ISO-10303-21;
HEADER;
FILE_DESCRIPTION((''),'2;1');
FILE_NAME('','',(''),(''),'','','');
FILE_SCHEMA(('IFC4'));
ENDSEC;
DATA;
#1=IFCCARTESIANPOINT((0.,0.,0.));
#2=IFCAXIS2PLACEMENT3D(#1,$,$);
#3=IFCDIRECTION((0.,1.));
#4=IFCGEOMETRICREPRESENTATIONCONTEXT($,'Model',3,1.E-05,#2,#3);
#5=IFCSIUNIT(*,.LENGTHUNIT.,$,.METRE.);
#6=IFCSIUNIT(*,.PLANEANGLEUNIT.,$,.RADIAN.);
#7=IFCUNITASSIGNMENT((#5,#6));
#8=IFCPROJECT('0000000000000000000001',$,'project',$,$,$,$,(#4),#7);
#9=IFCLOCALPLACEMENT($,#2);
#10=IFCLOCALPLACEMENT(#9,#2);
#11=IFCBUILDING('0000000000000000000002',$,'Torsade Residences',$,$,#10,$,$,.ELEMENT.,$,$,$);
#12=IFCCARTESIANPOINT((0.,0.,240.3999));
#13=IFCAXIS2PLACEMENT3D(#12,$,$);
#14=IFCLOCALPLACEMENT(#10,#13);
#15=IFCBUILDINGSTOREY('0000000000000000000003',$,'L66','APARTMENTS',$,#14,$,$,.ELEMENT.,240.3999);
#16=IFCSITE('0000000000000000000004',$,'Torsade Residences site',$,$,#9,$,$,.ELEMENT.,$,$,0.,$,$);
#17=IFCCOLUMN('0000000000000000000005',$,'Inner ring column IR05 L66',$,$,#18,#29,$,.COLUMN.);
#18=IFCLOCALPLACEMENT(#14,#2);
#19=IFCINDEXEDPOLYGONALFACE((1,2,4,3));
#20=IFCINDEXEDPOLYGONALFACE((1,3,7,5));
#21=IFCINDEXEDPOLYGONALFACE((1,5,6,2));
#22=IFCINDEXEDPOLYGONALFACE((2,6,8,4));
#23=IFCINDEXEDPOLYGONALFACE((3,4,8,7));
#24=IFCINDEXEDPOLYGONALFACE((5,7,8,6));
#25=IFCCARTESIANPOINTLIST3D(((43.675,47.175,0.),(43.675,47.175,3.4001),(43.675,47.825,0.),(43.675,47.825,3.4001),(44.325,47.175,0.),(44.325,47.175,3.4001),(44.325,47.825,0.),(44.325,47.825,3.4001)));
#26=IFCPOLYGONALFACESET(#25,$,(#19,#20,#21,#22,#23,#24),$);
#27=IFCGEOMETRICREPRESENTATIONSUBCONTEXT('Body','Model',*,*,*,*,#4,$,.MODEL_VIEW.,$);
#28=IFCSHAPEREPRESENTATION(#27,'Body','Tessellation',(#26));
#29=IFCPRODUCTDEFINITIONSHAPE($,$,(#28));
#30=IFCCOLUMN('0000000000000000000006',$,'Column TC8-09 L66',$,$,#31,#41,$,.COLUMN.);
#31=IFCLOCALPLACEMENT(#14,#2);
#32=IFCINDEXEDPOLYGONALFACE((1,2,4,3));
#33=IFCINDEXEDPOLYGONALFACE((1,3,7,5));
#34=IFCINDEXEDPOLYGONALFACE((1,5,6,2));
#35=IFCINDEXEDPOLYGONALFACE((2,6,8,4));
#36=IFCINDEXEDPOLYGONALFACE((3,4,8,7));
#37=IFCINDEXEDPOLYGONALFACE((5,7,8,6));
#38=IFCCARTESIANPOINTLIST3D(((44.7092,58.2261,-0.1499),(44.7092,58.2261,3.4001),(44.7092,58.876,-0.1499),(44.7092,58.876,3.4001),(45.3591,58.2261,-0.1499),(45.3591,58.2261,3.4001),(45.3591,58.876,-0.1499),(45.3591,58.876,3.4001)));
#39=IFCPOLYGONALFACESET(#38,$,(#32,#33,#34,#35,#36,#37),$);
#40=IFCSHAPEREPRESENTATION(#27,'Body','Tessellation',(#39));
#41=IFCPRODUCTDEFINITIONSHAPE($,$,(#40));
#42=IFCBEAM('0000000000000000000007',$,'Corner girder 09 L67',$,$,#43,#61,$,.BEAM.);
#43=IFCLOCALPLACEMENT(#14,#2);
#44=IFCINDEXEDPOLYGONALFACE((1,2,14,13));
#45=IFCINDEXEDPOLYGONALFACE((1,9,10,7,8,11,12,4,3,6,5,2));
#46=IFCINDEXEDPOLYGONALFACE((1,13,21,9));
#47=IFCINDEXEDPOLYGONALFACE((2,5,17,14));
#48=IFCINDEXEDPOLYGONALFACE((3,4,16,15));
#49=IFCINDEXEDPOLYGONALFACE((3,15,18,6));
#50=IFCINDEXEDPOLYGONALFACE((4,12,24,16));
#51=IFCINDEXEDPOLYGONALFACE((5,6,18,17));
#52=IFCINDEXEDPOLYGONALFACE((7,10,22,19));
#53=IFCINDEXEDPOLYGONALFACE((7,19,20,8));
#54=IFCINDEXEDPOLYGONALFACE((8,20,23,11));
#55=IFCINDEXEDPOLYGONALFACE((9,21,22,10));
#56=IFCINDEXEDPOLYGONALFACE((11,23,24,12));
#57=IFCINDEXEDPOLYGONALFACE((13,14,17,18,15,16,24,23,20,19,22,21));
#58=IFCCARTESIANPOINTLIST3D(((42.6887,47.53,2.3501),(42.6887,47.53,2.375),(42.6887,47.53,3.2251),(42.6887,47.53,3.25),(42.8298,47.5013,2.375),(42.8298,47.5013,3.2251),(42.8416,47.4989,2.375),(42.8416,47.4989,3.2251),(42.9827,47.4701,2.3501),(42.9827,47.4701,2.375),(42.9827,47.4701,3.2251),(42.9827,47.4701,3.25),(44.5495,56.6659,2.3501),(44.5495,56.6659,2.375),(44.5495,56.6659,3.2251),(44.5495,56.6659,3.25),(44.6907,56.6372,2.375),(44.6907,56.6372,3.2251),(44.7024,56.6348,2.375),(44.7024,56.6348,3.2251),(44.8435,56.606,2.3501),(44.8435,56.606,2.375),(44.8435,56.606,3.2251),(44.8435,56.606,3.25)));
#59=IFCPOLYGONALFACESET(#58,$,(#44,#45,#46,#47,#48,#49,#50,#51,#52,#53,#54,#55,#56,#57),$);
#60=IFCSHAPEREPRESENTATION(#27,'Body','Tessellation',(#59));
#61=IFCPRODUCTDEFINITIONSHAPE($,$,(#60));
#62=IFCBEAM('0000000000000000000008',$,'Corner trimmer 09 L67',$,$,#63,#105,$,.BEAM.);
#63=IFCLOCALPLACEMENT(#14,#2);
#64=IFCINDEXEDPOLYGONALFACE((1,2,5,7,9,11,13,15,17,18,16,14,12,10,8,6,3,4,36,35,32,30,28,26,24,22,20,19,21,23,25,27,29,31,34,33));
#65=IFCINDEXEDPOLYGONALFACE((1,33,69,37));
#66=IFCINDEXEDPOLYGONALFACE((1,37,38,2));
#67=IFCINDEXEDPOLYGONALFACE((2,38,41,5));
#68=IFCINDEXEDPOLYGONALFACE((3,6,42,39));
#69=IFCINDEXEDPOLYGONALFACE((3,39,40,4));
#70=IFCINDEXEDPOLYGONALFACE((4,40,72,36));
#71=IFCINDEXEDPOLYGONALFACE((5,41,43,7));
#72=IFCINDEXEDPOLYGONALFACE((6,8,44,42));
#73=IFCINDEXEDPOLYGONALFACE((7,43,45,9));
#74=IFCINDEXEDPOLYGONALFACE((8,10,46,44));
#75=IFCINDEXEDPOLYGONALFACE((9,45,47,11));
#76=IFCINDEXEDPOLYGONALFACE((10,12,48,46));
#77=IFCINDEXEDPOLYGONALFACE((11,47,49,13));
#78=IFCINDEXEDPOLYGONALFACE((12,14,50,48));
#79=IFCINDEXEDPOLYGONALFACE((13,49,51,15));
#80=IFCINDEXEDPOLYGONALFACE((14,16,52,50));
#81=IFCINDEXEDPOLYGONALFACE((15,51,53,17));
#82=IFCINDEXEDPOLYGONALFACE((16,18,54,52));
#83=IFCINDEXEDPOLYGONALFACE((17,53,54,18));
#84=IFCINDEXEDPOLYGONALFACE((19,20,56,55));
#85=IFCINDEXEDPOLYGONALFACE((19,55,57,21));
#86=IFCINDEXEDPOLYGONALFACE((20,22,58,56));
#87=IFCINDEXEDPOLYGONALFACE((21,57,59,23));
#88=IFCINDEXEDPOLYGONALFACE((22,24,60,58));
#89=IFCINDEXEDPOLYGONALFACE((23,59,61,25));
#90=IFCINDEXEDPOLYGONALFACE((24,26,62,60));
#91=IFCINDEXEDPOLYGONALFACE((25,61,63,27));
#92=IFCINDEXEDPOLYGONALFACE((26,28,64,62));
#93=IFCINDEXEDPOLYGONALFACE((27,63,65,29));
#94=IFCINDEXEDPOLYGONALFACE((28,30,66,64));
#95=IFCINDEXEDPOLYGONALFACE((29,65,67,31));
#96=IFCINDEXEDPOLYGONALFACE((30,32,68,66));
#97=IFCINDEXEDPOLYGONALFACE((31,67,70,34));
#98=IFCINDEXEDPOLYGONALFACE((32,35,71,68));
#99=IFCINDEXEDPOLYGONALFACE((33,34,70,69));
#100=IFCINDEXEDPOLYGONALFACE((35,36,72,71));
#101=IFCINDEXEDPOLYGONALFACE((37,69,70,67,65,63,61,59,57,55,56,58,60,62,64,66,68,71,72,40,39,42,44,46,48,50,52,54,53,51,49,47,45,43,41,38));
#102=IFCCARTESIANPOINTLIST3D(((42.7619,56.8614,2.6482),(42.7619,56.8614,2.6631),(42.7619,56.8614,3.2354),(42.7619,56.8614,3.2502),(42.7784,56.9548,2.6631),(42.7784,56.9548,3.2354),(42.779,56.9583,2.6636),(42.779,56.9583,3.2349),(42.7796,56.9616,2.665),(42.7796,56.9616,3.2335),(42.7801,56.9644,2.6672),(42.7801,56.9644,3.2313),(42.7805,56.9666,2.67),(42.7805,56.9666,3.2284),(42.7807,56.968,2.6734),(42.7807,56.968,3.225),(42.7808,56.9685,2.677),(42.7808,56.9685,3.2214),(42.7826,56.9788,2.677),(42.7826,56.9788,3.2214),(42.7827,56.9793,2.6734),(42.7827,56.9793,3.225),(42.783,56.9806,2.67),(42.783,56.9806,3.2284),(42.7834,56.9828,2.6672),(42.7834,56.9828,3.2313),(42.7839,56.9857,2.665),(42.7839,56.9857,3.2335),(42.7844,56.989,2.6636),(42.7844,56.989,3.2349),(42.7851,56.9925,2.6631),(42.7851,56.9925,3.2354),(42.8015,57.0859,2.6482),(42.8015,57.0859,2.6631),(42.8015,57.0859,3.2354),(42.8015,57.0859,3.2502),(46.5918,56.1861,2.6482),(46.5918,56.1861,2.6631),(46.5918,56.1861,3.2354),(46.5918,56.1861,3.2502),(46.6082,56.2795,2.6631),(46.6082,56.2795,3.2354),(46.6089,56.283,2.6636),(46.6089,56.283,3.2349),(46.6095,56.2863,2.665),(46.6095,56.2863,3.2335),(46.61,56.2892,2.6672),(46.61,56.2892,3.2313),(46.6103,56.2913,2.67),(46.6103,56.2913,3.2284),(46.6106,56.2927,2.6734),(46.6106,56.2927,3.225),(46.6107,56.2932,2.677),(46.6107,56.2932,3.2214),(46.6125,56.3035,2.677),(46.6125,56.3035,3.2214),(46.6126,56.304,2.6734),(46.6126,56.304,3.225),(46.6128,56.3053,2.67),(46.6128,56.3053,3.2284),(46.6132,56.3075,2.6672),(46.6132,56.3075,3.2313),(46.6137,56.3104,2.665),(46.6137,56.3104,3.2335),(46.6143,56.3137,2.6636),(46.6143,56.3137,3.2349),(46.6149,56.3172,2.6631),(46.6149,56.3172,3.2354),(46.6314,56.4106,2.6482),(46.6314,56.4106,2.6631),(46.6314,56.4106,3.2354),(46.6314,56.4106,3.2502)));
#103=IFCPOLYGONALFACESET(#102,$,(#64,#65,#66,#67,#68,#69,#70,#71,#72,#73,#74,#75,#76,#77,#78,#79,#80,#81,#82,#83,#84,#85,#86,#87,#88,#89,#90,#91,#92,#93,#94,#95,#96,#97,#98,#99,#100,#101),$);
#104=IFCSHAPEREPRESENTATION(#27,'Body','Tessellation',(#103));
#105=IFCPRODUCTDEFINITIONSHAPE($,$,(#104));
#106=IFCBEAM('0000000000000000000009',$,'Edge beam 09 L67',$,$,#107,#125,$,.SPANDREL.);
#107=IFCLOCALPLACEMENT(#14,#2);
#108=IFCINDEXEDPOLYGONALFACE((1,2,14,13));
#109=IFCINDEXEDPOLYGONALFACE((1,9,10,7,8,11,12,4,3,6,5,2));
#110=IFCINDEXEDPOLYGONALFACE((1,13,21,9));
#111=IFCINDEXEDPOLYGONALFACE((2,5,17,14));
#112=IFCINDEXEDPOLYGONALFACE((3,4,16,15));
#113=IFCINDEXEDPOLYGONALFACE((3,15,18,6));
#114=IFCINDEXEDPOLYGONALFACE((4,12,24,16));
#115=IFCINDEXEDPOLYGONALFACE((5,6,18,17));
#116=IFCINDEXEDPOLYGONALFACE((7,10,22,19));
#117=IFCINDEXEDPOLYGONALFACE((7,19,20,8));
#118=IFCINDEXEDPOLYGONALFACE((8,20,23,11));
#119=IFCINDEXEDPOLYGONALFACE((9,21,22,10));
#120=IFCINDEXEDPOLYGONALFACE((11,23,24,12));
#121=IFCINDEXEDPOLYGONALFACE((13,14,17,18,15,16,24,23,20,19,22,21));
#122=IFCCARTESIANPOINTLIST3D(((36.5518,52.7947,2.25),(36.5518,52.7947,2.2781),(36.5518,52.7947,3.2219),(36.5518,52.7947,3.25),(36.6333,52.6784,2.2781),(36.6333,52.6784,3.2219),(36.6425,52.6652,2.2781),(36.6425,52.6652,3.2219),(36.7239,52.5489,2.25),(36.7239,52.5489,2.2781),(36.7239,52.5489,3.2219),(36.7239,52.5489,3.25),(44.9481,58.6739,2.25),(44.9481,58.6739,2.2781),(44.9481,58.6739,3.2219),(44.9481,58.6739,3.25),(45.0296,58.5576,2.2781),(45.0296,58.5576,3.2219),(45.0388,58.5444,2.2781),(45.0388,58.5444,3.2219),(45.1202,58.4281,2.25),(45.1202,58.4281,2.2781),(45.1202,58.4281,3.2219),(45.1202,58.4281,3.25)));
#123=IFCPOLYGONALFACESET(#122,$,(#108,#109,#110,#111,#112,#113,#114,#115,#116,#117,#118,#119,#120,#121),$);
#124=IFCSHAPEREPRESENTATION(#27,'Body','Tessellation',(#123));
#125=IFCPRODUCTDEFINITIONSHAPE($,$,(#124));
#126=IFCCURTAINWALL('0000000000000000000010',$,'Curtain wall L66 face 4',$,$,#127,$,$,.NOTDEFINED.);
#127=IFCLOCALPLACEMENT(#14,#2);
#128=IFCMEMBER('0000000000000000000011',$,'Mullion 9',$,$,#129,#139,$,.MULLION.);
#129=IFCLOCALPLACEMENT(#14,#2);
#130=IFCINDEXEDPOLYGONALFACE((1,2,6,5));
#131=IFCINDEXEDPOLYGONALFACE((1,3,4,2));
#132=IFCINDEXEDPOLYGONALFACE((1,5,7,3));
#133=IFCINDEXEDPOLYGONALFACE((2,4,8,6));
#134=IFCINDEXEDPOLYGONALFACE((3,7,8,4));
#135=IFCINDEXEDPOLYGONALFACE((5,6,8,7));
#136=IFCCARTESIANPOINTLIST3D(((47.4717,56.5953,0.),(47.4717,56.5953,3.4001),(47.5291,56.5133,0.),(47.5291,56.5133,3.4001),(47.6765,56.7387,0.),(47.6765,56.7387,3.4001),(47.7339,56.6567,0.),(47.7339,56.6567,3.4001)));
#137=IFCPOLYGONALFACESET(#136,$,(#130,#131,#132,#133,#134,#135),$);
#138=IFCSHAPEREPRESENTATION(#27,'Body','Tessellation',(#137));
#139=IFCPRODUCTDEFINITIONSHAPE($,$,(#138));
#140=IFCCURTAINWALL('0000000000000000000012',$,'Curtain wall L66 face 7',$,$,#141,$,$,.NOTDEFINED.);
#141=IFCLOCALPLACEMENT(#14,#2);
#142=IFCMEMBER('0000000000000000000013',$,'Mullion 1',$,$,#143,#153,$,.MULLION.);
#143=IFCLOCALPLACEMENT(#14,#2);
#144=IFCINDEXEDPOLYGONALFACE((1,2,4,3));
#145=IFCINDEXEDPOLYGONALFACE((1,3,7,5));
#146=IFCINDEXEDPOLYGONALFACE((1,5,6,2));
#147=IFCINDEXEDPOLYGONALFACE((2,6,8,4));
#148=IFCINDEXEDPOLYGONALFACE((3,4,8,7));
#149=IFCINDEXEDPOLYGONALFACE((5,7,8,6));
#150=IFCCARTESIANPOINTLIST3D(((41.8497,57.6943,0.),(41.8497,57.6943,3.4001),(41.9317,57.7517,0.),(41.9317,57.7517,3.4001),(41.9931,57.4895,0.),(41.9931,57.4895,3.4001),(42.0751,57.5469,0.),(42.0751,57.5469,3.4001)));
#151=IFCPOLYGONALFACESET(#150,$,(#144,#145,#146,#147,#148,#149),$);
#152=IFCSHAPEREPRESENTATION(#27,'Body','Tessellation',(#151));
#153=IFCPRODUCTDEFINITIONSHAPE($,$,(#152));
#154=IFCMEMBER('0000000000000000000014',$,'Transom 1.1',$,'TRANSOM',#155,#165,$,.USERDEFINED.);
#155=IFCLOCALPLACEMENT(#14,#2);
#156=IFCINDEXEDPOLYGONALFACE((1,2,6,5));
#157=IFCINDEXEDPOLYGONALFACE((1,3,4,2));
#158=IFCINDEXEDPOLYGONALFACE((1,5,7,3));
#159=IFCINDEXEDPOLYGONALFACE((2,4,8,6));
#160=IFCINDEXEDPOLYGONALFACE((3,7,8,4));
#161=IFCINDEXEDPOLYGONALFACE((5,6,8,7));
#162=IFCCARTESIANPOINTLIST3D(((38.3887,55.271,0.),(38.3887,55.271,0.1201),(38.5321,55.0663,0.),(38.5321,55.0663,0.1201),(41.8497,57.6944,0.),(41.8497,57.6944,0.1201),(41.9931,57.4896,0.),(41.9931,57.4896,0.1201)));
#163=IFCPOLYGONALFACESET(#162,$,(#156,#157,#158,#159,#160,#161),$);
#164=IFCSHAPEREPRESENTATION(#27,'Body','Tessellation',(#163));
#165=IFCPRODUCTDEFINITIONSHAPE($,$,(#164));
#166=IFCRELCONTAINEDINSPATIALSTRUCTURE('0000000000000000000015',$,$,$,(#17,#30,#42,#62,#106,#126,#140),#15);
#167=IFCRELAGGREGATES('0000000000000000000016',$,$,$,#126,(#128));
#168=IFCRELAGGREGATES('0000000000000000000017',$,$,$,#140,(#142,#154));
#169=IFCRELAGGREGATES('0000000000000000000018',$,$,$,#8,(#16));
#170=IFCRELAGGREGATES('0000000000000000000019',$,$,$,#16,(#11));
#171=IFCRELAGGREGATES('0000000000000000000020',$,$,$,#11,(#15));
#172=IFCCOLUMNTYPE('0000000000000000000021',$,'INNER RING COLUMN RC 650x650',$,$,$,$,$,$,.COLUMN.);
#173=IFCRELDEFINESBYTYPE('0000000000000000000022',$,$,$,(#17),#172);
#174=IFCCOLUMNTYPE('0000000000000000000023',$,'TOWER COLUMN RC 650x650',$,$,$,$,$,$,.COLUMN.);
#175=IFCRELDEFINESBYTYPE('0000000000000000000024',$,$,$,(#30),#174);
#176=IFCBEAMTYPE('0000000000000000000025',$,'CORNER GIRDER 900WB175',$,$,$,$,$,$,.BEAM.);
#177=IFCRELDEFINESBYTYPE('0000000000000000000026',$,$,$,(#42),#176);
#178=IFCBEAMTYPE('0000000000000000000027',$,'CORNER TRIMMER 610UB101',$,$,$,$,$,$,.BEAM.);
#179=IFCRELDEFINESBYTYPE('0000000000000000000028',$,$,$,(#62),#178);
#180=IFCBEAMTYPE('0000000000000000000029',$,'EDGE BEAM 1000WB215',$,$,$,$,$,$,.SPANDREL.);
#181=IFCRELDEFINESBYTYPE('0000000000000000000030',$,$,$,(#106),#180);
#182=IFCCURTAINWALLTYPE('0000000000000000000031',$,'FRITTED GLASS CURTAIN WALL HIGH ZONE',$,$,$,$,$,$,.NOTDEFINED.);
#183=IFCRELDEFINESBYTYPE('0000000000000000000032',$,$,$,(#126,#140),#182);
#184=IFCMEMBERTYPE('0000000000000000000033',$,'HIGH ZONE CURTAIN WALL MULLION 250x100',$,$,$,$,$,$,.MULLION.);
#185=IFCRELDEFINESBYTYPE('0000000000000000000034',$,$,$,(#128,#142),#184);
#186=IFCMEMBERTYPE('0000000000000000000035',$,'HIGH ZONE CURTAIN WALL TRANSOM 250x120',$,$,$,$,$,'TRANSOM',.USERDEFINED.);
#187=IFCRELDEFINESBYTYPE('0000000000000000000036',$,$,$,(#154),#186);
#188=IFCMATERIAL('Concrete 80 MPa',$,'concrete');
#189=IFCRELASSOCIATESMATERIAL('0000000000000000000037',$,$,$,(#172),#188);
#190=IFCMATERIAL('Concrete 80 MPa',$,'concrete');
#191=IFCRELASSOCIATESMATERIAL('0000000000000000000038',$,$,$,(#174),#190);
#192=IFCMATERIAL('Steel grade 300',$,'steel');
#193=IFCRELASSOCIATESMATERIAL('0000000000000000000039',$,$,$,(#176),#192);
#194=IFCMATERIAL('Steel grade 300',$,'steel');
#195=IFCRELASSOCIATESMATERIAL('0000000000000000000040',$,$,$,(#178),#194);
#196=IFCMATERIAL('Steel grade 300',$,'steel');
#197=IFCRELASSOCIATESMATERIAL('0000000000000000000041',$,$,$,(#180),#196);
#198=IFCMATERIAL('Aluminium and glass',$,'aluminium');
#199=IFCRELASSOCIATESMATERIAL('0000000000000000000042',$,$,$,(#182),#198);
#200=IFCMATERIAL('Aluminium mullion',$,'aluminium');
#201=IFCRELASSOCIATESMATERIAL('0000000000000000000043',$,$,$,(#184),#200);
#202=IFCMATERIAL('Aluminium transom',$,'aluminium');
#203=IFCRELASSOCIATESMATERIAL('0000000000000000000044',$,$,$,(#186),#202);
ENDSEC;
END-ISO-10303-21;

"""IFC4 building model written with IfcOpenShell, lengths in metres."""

from ifc_helpers import new_model, si_unit, direction, frame, origin, origin_2d, place, context, subcontext, project, spatial, rectangle, i_section, extrude, material, material_profile, profile_set, type_object, element, aggregate, save


model = new_model("IFC4")

# Units and contexts
model_context = context("Model", 3, precision=1e-05, world=origin(), true_north=direction((0.0, 1.0)))
body_context = subcontext(model_context, "Body", "Model", "MODEL_VIEW")
ifc_project = project(units=[si_unit("LENGTHUNIT", "METRE"), si_unit("PLANEANGLEUNIT", "RADIAN")], contexts=[model_context])

# Site, building, storey
site_placement = place(None, origin())
site = spatial("IfcSite", under=ifc_project, at=site_placement, Name="Torsade Residences site", CompositionType="ELEMENT", RefElevation=0.0)
building_placement = place(site_placement, origin())
building = spatial("IfcBuilding", under=site, at=building_placement, Name="Torsade Residences", CompositionType="ELEMENT")
storey_placement = place(building_placement, frame((0.0, 0.0, 240.3999)))
storey = spatial("IfcBuildingStorey", under=building, at=storey_placement, Name="L66", Description="APARTMENTS", CompositionType="ELEMENT", Elevation=240.3999)

# Columns
ifc_material_1 = material(Name="Concrete 80 MPa", Category="concrete")
ifc_material_profile_1 = material_profile(ifc_material_1, rectangle(XDim=0.6499, YDim=0.6499, at=origin_2d()), Name="RC 650x650")
ifc_profile_set_1 = profile_set([ifc_material_profile_1], Name="Concrete 80 MPa")
column_type_1 = type_object("IfcColumnType", Name="INNER RING COLUMN RC 650x650", PredefinedType="COLUMN", material=ifc_profile_set_1)
column_1_placement = place(storey_placement, frame((44.0, 47.5, 0.0), z_axis=(0.0, 0.0, 1.0), x_axis=(1.0, 0.0, 0.0)))
element("IfcColumn", 1, at=column_1_placement, inside=storey, type_object=column_type_1, Name="Inner ring column IR05 L66", PredefinedType="COLUMN", context=body_context, shape_type="SweptSolid", body=[
    extrude(rectangle(XDim=0.6499, YDim=0.6499, at=origin_2d()), origin(), (0.0, 0.0, 1.0), 3.4001),
])
ifc_material_2 = material(Name="Concrete 80 MPa", Category="concrete")
ifc_material_profile_2 = material_profile(ifc_material_2, rectangle(XDim=0.6499, YDim=0.6499, at=origin_2d()), Name="RC 650x650")
ifc_profile_set_2 = profile_set([ifc_material_profile_2], Name="Concrete 80 MPa")
column_type_2 = type_object("IfcColumnType", Name="TOWER COLUMN RC 650x650", PredefinedType="COLUMN", material=ifc_profile_set_2)
column_2_placement = place(storey_placement, frame((45.0342, 58.551, -0.1499), z_axis=(0.0, 0.0, 1.0), x_axis=(1.0, 0.0, 0.0)))
element("IfcColumn", 2, at=column_2_placement, inside=storey, type_object=column_type_2, Name="Column TC8-09 L66", PredefinedType="COLUMN", context=body_context, shape_type="SweptSolid", body=[
    extrude(rectangle(XDim=0.6499, YDim=0.6499, at=origin_2d()), origin(), (0.0, 0.0, 1.0), 3.55),
])

# Beams
ifc_material_3 = material(Name="Steel grade 300", Category="steel")
ifc_material_profile_3 = material_profile(ifc_material_3, i_section(OverallWidth=0.3, OverallDepth=0.8999, WebThickness=0.012, FlangeThickness=0.0249, at=origin_2d()), Name="900WB175")
ifc_profile_set_3 = profile_set([ifc_material_profile_3], Name="Steel grade 300")
beam_type_1 = type_object("IfcBeamType", Name="CORNER GIRDER 900WB175", PredefinedType="BEAM", material=ifc_profile_set_3)
beam_1_placement = place(storey_placement, frame((44.6965, 56.636, 2.8), z_axis=(-0.199584, -0.979881, 0.0), x_axis=(0.979881, -0.199584, 0.0)))
element("IfcBeam", 3, at=beam_1_placement, inside=storey, type_object=beam_type_1, Name="Corner girder 09 L67", PredefinedType="BEAM", context=body_context, shape_type="SweptSolid", body=[
    extrude(i_section(OverallWidth=0.3, OverallDepth=0.8999, WebThickness=0.012, FlangeThickness=0.0249, at=origin_2d()), origin(), (0.0, 0.0, 1.0), 9.3235),
])
ifc_material_4 = material(Name="Steel grade 300", Category="steel")
ifc_material_profile_4 = material_profile(ifc_material_4, i_section(OverallWidth=0.228, OverallDepth=0.6021, WebThickness=0.0105, FlangeThickness=0.0149, FilletRadius=0.0139, at=origin_2d()), Name="610UB101")
ifc_profile_set_4 = profile_set([ifc_material_profile_4], Name="Steel grade 300")
beam_type_2 = type_object("IfcBeamType", Name="CORNER TRIMMER 610UB101", PredefinedType="BEAM", material=ifc_profile_set_4)
beam_2_placement = place(storey_placement, frame((42.7817, 56.9736, 2.9492), z_axis=(0.984808, -0.173646, 0.0), x_axis=(0.173646, 0.984808, 0.0)))
element("IfcBeam", 4, at=beam_2_placement, inside=storey, type_object=beam_type_2, Name="Corner trimmer 09 L67", PredefinedType="BEAM", context=body_context, shape_type="SweptSolid", body=[
    extrude(i_section(OverallWidth=0.228, OverallDepth=0.6021, WebThickness=0.0105, FlangeThickness=0.0149, FilletRadius=0.0139, at=origin_2d()), origin(), (0.0, 0.0, 1.0), 3.8889),
])
ifc_material_5 = material(Name="Steel grade 300", Category="steel")
ifc_material_profile_5 = material_profile(ifc_material_5, i_section(OverallWidth=0.3, OverallDepth=1.0, WebThickness=0.0161, FlangeThickness=0.0281, at=origin_2d()), Name="1000WB215")
ifc_profile_set_5 = profile_set([ifc_material_profile_5], Name="Steel grade 300")
beam_type_3 = type_object("IfcBeamType", Name="EDGE BEAM 1000WB215", PredefinedType="SPANDREL", material=ifc_profile_set_5)
beam_3_placement = place(storey_placement, frame((45.0342, 58.551, 2.75), z_axis=(-0.81915, -0.573579, 0.0), x_axis=(0.573579, -0.81915, 0.0)))
element("IfcBeam", 5, at=beam_3_placement, inside=storey, type_object=beam_type_3, Name="Edge beam 09 L67", PredefinedType="SPANDREL", context=body_context, shape_type="SweptSolid", body=[
    extrude(i_section(OverallWidth=0.3, OverallDepth=1.0, WebThickness=0.0161, FlangeThickness=0.0281, at=origin_2d()), origin(), (0.0, 0.0, 1.0), 10.25),
])

# Curtain wall, member
ifc_material_6 = material(Name="Aluminium and glass", Category="aluminium")
curtain_wall_type = type_object("IfcCurtainWallType", Name="FRITTED GLASS CURTAIN WALL HIGH ZONE", PredefinedType="NOTDEFINED", material=ifc_material_6)
curtain_wall_1_placement = place(storey_placement, origin())
curtain_wall_1 = element("IfcCurtainWall", 6, at=curtain_wall_1_placement, inside=storey, type_object=curtain_wall_type, Name="Curtain wall L66 face 4", PredefinedType="NOTDEFINED")
ifc_material_7 = material(Name="Aluminium mullion", Category="aluminium")
ifc_material_profile_6 = material_profile(ifc_material_7, rectangle(XDim=0.25, YDim=0.1001, at=origin_2d()), Name="HIGH ZONE CURTAIN WALL MULLION 250x100")
ifc_profile_set_6 = profile_set([ifc_material_profile_6], Name="Aluminium mullion")
member_type_1 = type_object("IfcMemberType", Name="HIGH ZONE CURTAIN WALL MULLION 250x100", PredefinedType="MULLION", material=ifc_profile_set_6)
member_1_placement = place(storey_placement, frame((47.6028, 56.626, 0.0), z_axis=(0.0, 0.0, 1.0), x_axis=(-0.819152, -0.573576, 0.0)))
member_1 = element("IfcMember", 7, at=member_1_placement, type_object=member_type_1, Name="Mullion 9", PredefinedType="MULLION", context=body_context, shape_type="SweptSolid", body=[
    extrude(rectangle(XDim=0.25, YDim=0.1001, at=origin_2d()), origin(), (0.0, 0.0, 1.0), 3.4001),
])

# Curtain wall, members
curtain_wall_2_placement = place(storey_placement, origin())
curtain_wall_2 = element("IfcCurtainWall", 8, at=curtain_wall_2_placement, inside=storey, type_object=curtain_wall_type, Name="Curtain wall L66 face 7", PredefinedType="NOTDEFINED")
member_2_placement = place(storey_placement, frame((41.9624, 57.6206, 0.0), z_axis=(0.0, 0.0, 1.0), x_axis=(0.573576, -0.819152, 0.0)))
member_2 = element("IfcMember", 9, at=member_2_placement, type_object=member_type_1, Name="Mullion 1", PredefinedType="MULLION", context=body_context, shape_type="SweptSolid", body=[
    extrude(rectangle(XDim=0.25, YDim=0.1001, at=origin_2d()), origin(), (0.0, 0.0, 1.0), 3.4001),
])
ifc_material_8 = material(Name="Aluminium transom", Category="aluminium")
ifc_material_profile_7 = material_profile(ifc_material_8, rectangle(XDim=0.25, YDim=0.1201, at=origin_2d()), Name="HIGH ZONE CURTAIN WALL TRANSOM 250x120")
ifc_profile_set_7 = profile_set([ifc_material_profile_7], Name="Aluminium transom")
member_type_2 = type_object("IfcMemberType", Name="HIGH ZONE CURTAIN WALL TRANSOM 250x120", ElementType="TRANSOM", PredefinedType="USERDEFINED", material=ifc_profile_set_7)
member_3_placement = place(storey_placement, frame((41.9214, 57.592, 0.0601), z_axis=(-0.819156, -0.573571, 0.0), x_axis=(0.573571, -0.819156, 0.0)))
member_3 = element("IfcMember", 10, at=member_3_placement, type_object=member_type_2, Name="Transom 1.1", ObjectType="TRANSOM", PredefinedType="USERDEFINED", context=body_context, shape_type="SweptSolid", body=[
    extrude(rectangle(XDim=0.25, YDim=0.1201, at=origin_2d()), origin(), (0.0, 0.0, 1.0), 4.2251),
])

aggregate(curtain_wall_1, [member_1])
aggregate(curtain_wall_2, [member_2, member_3])

save(model, "model.ifc")
